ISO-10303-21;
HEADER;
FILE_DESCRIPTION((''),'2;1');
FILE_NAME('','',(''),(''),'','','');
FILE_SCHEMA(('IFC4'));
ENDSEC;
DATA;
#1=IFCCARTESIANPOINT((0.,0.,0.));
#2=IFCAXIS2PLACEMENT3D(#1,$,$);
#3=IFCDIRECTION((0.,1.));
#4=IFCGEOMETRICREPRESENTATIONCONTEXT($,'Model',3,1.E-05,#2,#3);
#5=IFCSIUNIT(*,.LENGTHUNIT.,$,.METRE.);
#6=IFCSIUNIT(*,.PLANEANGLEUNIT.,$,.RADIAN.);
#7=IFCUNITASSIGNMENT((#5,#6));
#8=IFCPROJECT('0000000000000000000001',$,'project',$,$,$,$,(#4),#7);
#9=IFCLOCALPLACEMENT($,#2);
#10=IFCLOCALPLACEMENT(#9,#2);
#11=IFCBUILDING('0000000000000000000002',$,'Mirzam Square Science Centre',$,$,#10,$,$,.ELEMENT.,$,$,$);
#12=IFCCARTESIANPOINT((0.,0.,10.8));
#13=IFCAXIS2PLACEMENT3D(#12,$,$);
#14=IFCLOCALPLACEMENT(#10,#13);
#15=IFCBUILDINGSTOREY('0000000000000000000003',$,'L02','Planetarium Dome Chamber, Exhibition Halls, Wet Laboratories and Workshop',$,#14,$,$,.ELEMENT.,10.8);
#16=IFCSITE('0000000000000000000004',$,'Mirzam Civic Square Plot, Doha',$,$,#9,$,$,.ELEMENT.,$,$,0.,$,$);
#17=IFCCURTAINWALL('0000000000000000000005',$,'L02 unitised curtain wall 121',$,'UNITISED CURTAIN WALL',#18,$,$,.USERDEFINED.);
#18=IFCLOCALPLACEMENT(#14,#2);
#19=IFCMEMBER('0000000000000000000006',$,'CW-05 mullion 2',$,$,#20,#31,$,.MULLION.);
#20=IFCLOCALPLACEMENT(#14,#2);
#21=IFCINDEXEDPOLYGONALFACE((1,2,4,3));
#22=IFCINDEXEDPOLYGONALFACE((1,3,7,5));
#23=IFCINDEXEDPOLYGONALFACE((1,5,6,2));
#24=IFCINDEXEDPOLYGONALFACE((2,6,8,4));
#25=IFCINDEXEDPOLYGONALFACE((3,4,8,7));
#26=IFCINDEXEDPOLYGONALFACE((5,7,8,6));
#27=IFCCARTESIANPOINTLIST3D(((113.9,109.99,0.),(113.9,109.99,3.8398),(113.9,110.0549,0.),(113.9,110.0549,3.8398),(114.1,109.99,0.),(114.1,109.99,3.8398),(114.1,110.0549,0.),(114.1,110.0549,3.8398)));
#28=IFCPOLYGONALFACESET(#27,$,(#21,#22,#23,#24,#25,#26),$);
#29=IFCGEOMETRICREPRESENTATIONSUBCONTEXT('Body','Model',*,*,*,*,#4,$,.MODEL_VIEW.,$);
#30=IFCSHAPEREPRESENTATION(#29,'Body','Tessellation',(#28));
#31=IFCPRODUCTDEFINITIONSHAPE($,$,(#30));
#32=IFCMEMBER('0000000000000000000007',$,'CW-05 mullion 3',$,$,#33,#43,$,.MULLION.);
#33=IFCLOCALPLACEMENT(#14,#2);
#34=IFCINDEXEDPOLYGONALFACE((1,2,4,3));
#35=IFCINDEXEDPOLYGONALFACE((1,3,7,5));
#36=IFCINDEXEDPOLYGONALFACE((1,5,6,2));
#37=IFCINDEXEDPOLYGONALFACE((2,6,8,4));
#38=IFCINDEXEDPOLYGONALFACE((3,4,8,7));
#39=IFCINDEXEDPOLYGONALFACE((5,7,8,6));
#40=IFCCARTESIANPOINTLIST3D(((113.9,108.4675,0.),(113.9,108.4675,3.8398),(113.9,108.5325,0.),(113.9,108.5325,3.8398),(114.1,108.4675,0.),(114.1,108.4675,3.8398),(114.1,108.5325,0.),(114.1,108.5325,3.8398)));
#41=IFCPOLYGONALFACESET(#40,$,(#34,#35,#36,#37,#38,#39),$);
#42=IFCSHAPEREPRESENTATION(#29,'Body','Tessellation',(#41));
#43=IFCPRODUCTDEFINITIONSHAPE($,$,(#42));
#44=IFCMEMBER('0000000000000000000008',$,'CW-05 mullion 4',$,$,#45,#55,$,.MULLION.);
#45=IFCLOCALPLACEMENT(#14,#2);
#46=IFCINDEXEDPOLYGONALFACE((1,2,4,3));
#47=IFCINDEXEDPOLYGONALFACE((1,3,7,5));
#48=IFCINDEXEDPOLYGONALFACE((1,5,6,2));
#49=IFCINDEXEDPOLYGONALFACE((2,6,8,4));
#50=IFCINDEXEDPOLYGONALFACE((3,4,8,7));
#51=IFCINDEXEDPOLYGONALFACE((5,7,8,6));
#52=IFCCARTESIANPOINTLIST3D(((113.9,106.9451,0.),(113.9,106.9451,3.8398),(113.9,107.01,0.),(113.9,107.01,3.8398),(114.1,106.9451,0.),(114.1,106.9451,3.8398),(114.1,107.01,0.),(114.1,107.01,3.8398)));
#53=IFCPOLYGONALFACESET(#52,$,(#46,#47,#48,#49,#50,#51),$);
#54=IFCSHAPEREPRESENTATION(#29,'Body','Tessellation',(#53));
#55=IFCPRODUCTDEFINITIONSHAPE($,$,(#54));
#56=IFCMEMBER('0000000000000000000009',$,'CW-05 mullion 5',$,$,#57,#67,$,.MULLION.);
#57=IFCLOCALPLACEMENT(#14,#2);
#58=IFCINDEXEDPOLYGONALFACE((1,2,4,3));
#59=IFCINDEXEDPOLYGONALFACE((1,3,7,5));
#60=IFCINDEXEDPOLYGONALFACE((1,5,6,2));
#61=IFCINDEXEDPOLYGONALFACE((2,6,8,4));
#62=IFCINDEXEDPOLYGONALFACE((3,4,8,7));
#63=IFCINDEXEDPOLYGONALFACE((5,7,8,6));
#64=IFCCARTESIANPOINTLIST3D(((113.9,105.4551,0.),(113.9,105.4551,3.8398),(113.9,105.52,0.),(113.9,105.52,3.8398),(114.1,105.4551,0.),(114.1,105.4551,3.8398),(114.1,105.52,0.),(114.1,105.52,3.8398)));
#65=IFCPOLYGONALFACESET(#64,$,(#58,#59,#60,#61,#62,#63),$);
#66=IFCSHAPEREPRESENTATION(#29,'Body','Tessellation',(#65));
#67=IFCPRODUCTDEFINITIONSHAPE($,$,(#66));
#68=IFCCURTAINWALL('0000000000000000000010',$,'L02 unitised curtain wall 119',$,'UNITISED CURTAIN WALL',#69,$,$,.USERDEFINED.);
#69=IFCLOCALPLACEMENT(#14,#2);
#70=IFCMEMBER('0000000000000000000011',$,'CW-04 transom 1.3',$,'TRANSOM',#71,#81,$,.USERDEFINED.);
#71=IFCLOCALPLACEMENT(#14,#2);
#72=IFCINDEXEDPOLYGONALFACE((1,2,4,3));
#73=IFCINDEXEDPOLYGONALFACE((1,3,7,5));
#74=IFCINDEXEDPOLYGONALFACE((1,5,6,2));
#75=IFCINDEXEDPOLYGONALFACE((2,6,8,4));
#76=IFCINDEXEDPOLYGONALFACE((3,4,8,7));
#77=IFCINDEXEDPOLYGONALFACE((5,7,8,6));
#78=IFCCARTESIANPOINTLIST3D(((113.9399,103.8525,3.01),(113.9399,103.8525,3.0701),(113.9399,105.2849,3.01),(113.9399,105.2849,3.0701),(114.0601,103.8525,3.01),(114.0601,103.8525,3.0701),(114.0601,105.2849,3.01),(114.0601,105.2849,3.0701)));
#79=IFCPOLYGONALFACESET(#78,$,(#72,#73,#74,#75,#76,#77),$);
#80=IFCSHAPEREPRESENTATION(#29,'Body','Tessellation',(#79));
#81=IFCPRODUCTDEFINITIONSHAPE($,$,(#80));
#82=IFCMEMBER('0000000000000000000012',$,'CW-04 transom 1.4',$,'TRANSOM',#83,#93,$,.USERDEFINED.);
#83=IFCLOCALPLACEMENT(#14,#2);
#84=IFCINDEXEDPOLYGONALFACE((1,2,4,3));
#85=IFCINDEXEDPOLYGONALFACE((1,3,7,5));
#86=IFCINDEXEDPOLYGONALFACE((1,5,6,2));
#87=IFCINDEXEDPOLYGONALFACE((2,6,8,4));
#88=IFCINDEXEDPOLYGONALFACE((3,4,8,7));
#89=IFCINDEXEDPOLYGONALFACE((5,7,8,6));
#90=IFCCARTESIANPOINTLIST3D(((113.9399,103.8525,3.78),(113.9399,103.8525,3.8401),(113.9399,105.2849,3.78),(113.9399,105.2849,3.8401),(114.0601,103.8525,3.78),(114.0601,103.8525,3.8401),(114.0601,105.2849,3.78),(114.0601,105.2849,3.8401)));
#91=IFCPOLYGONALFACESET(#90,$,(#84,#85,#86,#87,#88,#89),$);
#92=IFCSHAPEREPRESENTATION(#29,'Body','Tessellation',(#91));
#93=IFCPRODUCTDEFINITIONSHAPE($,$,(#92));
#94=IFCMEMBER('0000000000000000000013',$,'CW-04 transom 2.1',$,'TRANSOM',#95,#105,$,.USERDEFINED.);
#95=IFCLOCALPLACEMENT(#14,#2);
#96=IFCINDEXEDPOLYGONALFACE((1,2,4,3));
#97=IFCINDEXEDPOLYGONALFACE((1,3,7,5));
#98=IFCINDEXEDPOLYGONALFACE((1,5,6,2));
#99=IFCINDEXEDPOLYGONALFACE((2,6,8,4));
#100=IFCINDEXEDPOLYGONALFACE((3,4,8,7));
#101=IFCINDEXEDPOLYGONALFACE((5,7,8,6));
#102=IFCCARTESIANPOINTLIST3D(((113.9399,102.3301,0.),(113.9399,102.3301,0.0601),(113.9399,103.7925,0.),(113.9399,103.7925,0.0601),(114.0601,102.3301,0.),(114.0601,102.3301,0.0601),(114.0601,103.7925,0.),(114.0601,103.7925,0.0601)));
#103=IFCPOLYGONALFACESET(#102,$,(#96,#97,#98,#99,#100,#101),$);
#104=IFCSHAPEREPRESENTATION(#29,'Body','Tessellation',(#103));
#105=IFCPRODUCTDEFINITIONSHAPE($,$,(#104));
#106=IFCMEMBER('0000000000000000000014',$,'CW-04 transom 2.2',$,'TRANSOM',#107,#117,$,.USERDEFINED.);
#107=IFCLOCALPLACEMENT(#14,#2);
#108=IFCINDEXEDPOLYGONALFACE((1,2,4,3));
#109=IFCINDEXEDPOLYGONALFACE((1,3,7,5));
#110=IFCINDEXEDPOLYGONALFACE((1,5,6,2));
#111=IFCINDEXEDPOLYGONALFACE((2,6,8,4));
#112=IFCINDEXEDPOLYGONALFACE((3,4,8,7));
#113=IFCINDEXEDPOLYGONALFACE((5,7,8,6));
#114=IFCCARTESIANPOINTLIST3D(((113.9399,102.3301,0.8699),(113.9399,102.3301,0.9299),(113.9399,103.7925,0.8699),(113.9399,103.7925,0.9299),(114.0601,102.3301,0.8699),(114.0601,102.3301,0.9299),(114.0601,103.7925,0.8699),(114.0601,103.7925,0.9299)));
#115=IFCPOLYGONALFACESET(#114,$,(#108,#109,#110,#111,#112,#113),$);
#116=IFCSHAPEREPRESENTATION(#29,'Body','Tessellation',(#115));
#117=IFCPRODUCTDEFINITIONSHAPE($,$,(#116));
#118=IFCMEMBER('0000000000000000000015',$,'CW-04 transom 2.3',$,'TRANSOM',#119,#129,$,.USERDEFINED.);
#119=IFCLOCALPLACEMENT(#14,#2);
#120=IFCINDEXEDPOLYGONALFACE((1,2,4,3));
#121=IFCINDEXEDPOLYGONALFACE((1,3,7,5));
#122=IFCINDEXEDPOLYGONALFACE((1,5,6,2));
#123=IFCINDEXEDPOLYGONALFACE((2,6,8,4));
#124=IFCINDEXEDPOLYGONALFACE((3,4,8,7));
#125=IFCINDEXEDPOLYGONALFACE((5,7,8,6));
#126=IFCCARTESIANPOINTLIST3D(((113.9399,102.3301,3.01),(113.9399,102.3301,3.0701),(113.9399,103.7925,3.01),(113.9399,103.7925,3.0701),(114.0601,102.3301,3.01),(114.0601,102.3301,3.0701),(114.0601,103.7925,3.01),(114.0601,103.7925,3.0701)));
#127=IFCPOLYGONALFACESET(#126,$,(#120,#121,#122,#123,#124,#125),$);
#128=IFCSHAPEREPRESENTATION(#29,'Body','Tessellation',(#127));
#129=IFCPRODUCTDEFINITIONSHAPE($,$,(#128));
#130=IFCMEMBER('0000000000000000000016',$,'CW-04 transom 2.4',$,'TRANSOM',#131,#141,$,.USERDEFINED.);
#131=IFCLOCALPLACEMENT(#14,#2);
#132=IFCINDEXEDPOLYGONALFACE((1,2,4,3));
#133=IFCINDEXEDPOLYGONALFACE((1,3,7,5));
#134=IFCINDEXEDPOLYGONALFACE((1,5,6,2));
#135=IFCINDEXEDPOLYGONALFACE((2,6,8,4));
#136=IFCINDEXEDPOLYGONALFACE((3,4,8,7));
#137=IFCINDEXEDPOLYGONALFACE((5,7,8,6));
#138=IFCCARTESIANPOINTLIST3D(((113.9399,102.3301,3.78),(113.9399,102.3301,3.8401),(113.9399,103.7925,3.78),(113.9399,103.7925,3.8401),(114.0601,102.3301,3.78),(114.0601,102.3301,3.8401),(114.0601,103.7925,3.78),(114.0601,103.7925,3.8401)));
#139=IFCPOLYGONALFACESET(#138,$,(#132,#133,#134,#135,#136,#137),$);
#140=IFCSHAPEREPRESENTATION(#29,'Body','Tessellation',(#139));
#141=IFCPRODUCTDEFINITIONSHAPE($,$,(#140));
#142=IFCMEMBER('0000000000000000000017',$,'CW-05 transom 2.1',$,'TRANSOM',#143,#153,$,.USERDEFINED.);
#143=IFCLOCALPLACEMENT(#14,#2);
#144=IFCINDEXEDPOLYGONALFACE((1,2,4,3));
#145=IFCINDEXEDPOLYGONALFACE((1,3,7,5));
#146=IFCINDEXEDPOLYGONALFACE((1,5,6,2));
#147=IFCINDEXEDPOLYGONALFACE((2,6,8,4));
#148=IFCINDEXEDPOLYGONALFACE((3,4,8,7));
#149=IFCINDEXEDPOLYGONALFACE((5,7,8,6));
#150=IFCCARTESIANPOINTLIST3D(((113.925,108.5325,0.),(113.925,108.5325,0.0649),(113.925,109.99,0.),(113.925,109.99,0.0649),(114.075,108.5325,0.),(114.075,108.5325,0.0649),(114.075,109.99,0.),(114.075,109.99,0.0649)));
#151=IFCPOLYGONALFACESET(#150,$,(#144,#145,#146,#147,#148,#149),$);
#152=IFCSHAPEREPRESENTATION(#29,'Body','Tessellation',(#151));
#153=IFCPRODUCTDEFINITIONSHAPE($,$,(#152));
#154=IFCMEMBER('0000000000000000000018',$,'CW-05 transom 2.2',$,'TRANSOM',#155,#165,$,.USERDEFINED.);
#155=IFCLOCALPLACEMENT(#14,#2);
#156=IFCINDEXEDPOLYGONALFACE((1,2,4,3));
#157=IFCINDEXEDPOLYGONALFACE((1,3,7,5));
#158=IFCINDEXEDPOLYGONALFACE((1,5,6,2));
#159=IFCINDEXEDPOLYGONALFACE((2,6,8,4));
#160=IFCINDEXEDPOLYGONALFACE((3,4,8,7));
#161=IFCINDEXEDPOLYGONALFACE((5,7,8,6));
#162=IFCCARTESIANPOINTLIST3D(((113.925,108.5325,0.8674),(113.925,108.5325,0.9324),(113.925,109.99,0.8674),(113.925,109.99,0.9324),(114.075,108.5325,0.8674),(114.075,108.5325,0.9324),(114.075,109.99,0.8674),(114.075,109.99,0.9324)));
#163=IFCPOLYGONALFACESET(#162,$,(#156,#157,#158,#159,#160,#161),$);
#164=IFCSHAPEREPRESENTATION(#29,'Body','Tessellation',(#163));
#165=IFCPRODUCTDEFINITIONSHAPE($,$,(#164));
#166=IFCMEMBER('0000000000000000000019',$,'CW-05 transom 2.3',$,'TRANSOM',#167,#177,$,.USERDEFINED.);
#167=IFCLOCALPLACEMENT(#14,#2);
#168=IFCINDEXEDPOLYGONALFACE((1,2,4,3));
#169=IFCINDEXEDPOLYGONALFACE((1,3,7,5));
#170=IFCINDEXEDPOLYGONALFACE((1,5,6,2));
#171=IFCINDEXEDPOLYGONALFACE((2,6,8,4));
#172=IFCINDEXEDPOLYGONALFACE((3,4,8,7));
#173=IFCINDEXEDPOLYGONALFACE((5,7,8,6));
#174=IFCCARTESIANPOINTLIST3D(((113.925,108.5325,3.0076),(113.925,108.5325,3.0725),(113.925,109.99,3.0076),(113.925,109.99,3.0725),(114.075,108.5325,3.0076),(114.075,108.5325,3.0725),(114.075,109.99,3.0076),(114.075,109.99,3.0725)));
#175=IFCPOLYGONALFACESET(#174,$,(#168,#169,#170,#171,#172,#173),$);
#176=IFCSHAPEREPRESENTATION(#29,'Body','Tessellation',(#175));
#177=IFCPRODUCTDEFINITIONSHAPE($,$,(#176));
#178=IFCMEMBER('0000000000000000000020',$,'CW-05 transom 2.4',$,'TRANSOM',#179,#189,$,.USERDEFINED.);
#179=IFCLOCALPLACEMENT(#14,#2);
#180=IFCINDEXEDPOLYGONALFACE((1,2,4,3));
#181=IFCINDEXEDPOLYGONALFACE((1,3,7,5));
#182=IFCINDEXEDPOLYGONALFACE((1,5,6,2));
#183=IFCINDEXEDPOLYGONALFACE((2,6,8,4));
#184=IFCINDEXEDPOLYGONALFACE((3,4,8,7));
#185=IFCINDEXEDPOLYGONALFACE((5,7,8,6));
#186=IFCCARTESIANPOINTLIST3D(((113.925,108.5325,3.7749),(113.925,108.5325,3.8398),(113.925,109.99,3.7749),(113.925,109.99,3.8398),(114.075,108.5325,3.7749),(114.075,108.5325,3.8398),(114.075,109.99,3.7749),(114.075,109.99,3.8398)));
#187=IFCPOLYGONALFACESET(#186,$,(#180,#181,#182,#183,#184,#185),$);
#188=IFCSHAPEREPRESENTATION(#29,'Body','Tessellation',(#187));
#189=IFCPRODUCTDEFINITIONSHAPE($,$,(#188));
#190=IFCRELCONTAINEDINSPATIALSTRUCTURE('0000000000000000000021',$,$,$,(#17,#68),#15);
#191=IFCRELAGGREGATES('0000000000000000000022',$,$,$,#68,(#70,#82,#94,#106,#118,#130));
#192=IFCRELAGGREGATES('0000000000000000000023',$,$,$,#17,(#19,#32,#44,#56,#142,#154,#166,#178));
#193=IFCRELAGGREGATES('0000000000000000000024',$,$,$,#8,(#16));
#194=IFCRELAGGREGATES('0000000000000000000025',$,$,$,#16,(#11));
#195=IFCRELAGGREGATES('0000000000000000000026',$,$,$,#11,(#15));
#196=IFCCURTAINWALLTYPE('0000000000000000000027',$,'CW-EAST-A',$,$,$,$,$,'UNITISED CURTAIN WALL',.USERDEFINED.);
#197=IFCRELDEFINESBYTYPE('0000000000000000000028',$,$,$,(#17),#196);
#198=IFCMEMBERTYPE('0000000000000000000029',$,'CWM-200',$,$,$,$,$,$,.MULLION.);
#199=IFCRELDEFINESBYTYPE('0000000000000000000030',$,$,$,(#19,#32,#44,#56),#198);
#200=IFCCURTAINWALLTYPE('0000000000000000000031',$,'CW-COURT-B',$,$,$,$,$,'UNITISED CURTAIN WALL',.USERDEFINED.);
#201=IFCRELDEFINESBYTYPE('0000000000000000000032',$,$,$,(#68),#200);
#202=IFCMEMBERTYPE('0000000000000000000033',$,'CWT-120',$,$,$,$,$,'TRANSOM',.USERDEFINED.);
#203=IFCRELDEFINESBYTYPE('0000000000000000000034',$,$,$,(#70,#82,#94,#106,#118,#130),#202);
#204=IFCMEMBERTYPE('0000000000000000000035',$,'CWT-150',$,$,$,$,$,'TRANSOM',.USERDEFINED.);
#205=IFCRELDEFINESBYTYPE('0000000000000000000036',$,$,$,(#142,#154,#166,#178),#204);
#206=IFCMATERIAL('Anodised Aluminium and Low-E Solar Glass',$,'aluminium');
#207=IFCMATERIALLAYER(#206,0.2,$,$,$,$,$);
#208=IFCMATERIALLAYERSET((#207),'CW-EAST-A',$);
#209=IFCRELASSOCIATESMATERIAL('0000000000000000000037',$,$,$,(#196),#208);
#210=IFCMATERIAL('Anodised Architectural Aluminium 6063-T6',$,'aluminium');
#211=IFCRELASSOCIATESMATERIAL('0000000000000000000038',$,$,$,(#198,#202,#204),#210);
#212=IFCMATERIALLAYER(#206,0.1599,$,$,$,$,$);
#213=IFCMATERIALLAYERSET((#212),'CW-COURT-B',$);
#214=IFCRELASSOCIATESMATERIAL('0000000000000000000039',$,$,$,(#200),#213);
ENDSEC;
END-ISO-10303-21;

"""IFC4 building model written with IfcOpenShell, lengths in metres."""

from ifc_helpers import new_model, si_unit, direction, frame, origin, origin_2d, place, context, subcontext, project, spatial, rectangle, extrude, material, layer, layer_set, material_profile, profile_set, type_object, element, aggregate, save


model = new_model("IFC4")

# Units and contexts
model_context = context("Model", 3, precision=1e-05, world=origin(), true_north=direction((0.0, 1.0)))
body_context = subcontext(model_context, "Body", "Model", "MODEL_VIEW")
ifc_project = project(units=[si_unit("LENGTHUNIT", "METRE"), si_unit("PLANEANGLEUNIT", "RADIAN")], contexts=[model_context])

# Site, building, storey
site_placement = place(None, origin())
site = spatial("IfcSite", under=ifc_project, at=site_placement, Name="Mirzam Civic Square Plot, Doha", CompositionType="ELEMENT", RefElevation=0.0)
building_placement = place(site_placement, origin())
building = spatial("IfcBuilding", under=site, at=building_placement, Name="Mirzam Square Science Centre", CompositionType="ELEMENT")
storey_placement = place(building_placement, frame((0.0, 0.0, 10.8)))
storey = spatial("IfcBuildingStorey", under=building, at=storey_placement, Name="L02", Description="Planetarium Dome Chamber, Exhibition Halls, Wet Laboratories and Workshop", CompositionType="ELEMENT", Elevation=10.8)

# Curtain walls, members
ifc_material_1 = material(Name="Anodised Aluminium and Low-E Solar Glass", Category="aluminium")
ifc_layer_1 = layer(ifc_material_1, 0.2)
ifc_layer_set_1 = layer_set([ifc_layer_1], Name="CW-EAST-A")
curtain_wall_type_1 = type_object("IfcCurtainWallType", Name="CW-EAST-A", ElementType="UNITISED CURTAIN WALL", PredefinedType="USERDEFINED", material=ifc_layer_set_1)
curtain_wall_1_placement = place(storey_placement, origin())
curtain_wall_1 = element("IfcCurtainWall", 1, at=curtain_wall_1_placement, inside=storey, type_object=curtain_wall_type_1, Name="L02 unitised curtain wall 121", ObjectType="UNITISED CURTAIN WALL", PredefinedType="USERDEFINED")
ifc_material_2 = material(Name="Anodised Architectural Aluminium 6063-T6", Category="aluminium")
ifc_material_profile_1 = material_profile(ifc_material_2, rectangle(XDim=0.0649, YDim=0.2, at=origin_2d()), Name="ALU-MULL-200x65x5")
ifc_profile_set_1 = profile_set([ifc_material_profile_1], Name="Anodised Architectural Aluminium 6063-T6")
member_type_1 = type_object("IfcMemberType", Name="CWM-200", PredefinedType="MULLION", material=ifc_profile_set_1)
member_1_placement = place(storey_placement, frame((114.0, 110.0225, 0.0), z_axis=(0.0, 0.0, 1.0), x_axis=(0.0, -1.0, 0.0)))
member_1 = element("IfcMember", 2, at=member_1_placement, type_object=member_type_1, Name="CW-05 mullion 2", PredefinedType="MULLION", context=body_context, shape_type="SweptSolid", body=[
    extrude(rectangle(XDim=0.0649, YDim=0.2, at=origin_2d()), origin(), (0.0, 0.0, 1.0), 3.8398),
])
member_2_placement = place(storey_placement, frame((114.0, 108.5, 0.0), z_axis=(0.0, 0.0, 1.0), x_axis=(0.0, -1.0, 0.0)))
member_2 = element("IfcMember", 3, at=member_2_placement, type_object=member_type_1, Name="CW-05 mullion 3", PredefinedType="MULLION", context=body_context, shape_type="SweptSolid", body=[
    extrude(rectangle(XDim=0.0649, YDim=0.2, at=origin_2d()), origin(), (0.0, 0.0, 1.0), 3.8398),
])
member_3_placement = place(storey_placement, frame((114.0, 106.9775, 0.0), z_axis=(0.0, 0.0, 1.0), x_axis=(0.0, -1.0, 0.0)))
member_3 = element("IfcMember", 4, at=member_3_placement, type_object=member_type_1, Name="CW-05 mullion 4", PredefinedType="MULLION", context=body_context, shape_type="SweptSolid", body=[
    extrude(rectangle(XDim=0.0649, YDim=0.2, at=origin_2d()), origin(), (0.0, 0.0, 1.0), 3.8398),
])
member_4_placement = place(storey_placement, frame((114.0, 105.4875, 0.0), z_axis=(0.0, 0.0, 1.0), x_axis=(0.0, -1.0, 0.0)))
member_4 = element("IfcMember", 5, at=member_4_placement, type_object=member_type_1, Name="CW-05 mullion 5", PredefinedType="MULLION", context=body_context, shape_type="SweptSolid", body=[
    extrude(rectangle(XDim=0.0649, YDim=0.2, at=origin_2d()), origin(), (0.0, 0.0, 1.0), 3.8398),
])
ifc_layer_2 = layer(ifc_material_1, 0.1599)
ifc_layer_set_2 = layer_set([ifc_layer_2], Name="CW-COURT-B")
curtain_wall_type_2 = type_object("IfcCurtainWallType", Name="CW-COURT-B", ElementType="UNITISED CURTAIN WALL", PredefinedType="USERDEFINED", material=ifc_layer_set_2)
curtain_wall_2_placement = place(storey_placement, origin())
curtain_wall_2 = element("IfcCurtainWall", 6, at=curtain_wall_2_placement, inside=storey, type_object=curtain_wall_type_2, Name="L02 unitised curtain wall 119", ObjectType="UNITISED CURTAIN WALL", PredefinedType="USERDEFINED")
ifc_material_profile_2 = material_profile(ifc_material_2, rectangle(XDim=0.1201, YDim=0.0601, at=origin_2d()), Name="ALU-TRAN-120x60x4")
ifc_profile_set_2 = profile_set([ifc_material_profile_2], Name="Anodised Architectural Aluminium 6063-T6")
member_type_2 = type_object("IfcMemberType", Name="CWT-120", ElementType="TRANSOM", PredefinedType="USERDEFINED", material=ifc_profile_set_2)
member_5_placement = place(storey_placement, frame((114.0, 105.2849, 3.04), z_axis=(0.0, -1.0, 0.0), x_axis=(1.0, 0.0, 0.0)))
member_5 = element("IfcMember", 7, at=member_5_placement, type_object=member_type_2, Name="CW-04 transom 1.3", ObjectType="TRANSOM", PredefinedType="USERDEFINED", context=body_context, shape_type="SweptSolid", body=[
    extrude(rectangle(XDim=0.1201, YDim=0.0601, at=origin_2d()), origin(), (0.0, 0.0, 1.0), 1.4324),
])
member_6_placement = place(storey_placement, frame((114.0, 105.2849, 3.8101), z_axis=(0.0, -1.0, 0.0), x_axis=(1.0, 0.0, 0.0)))
member_6 = element("IfcMember", 8, at=member_6_placement, type_object=member_type_2, Name="CW-04 transom 1.4", ObjectType="TRANSOM", PredefinedType="USERDEFINED", context=body_context, shape_type="SweptSolid", body=[
    extrude(rectangle(XDim=0.1201, YDim=0.0601, at=origin_2d()), origin(), (0.0, 0.0, 1.0), 1.4324),
])
member_7_placement = place(storey_placement, frame((114.0, 103.7925, 0.03), z_axis=(0.0, -1.0, 0.0), x_axis=(1.0, 0.0, 0.0)))
member_7 = element("IfcMember", 9, at=member_7_placement, type_object=member_type_2, Name="CW-04 transom 2.1", ObjectType="TRANSOM", PredefinedType="USERDEFINED", context=body_context, shape_type="SweptSolid", body=[
    extrude(rectangle(XDim=0.1201, YDim=0.0601, at=origin_2d()), origin(), (0.0, 0.0, 1.0), 1.4624),
])
member_8_placement = place(storey_placement, frame((114.0, 103.7925, 0.8999), z_axis=(0.0, -1.0, 0.0), x_axis=(1.0, 0.0, 0.0)))
member_8 = element("IfcMember", 10, at=member_8_placement, type_object=member_type_2, Name="CW-04 transom 2.2", ObjectType="TRANSOM", PredefinedType="USERDEFINED", context=body_context, shape_type="SweptSolid", body=[
    extrude(rectangle(XDim=0.1201, YDim=0.0601, at=origin_2d()), origin(), (0.0, 0.0, 1.0), 1.4624),
])
member_9_placement = place(storey_placement, frame((114.0, 103.7925, 3.04), z_axis=(0.0, -1.0, 0.0), x_axis=(1.0, 0.0, 0.0)))
member_9 = element("IfcMember", 11, at=member_9_placement, type_object=member_type_2, Name="CW-04 transom 2.3", ObjectType="TRANSOM", PredefinedType="USERDEFINED", context=body_context, shape_type="SweptSolid", body=[
    extrude(rectangle(XDim=0.1201, YDim=0.0601, at=origin_2d()), origin(), (0.0, 0.0, 1.0), 1.4624),
])
member_10_placement = place(storey_placement, frame((114.0, 103.7925, 3.8101), z_axis=(0.0, -1.0, 0.0), x_axis=(1.0, 0.0, 0.0)))
member_10 = element("IfcMember", 12, at=member_10_placement, type_object=member_type_2, Name="CW-04 transom 2.4", ObjectType="TRANSOM", PredefinedType="USERDEFINED", context=body_context, shape_type="SweptSolid", body=[
    extrude(rectangle(XDim=0.1201, YDim=0.0601, at=origin_2d()), origin(), (0.0, 0.0, 1.0), 1.4624),
])

# Members
ifc_material_profile_3 = material_profile(ifc_material_2, rectangle(XDim=0.1499, YDim=0.0649, at=origin_2d()), Name="ALU-TRAN-150x65x4")
ifc_profile_set_3 = profile_set([ifc_material_profile_3], Name="Anodised Architectural Aluminium 6063-T6")
member_type_3 = type_object("IfcMemberType", Name="CWT-150", ElementType="TRANSOM", PredefinedType="USERDEFINED", material=ifc_profile_set_3)
member_11_placement = place(storey_placement, frame((114.0, 109.99, 0.0325), z_axis=(0.0, -1.0, 0.0), x_axis=(1.0, 0.0, 0.0)))
member_11 = element("IfcMember", 13, at=member_11_placement, type_object=member_type_3, Name="CW-05 transom 2.1", ObjectType="TRANSOM", PredefinedType="USERDEFINED", context=body_context, shape_type="SweptSolid", body=[
    extrude(rectangle(XDim=0.1499, YDim=0.0649, at=origin_2d()), origin(), (0.0, 0.0, 1.0), 1.4575),
])
member_12_placement = place(storey_placement, frame((114.0, 109.99, 0.8999), z_axis=(0.0, -1.0, 0.0), x_axis=(1.0, 0.0, 0.0)))
member_12 = element("IfcMember", 14, at=member_12_placement, type_object=member_type_3, Name="CW-05 transom 2.2", ObjectType="TRANSOM", PredefinedType="USERDEFINED", context=body_context, shape_type="SweptSolid", body=[
    extrude(rectangle(XDim=0.1499, YDim=0.0649, at=origin_2d()), origin(), (0.0, 0.0, 1.0), 1.4575),
])
member_13_placement = place(storey_placement, frame((114.0, 109.99, 3.04), z_axis=(0.0, -1.0, 0.0), x_axis=(1.0, 0.0, 0.0)))
member_13 = element("IfcMember", 15, at=member_13_placement, type_object=member_type_3, Name="CW-05 transom 2.3", ObjectType="TRANSOM", PredefinedType="USERDEFINED", context=body_context, shape_type="SweptSolid", body=[
    extrude(rectangle(XDim=0.1499, YDim=0.0649, at=origin_2d()), origin(), (0.0, 0.0, 1.0), 1.4575),
])
member_14_placement = place(storey_placement, frame((114.0, 109.99, 3.8074), z_axis=(0.0, -1.0, 0.0), x_axis=(1.0, 0.0, 0.0)))
member_14 = element("IfcMember", 16, at=member_14_placement, type_object=member_type_3, Name="CW-05 transom 2.4", ObjectType="TRANSOM", PredefinedType="USERDEFINED", context=body_context, shape_type="SweptSolid", body=[
    extrude(rectangle(XDim=0.1499, YDim=0.0649, at=origin_2d()), origin(), (0.0, 0.0, 1.0), 1.4575),
])

aggregate(curtain_wall_2, [member_5, member_6, member_7, member_8, member_9, member_10])
aggregate(curtain_wall_1, [member_1, member_2, member_3, member_4, member_11, member_12, member_13, member_14])

save(model, "model.ifc")
